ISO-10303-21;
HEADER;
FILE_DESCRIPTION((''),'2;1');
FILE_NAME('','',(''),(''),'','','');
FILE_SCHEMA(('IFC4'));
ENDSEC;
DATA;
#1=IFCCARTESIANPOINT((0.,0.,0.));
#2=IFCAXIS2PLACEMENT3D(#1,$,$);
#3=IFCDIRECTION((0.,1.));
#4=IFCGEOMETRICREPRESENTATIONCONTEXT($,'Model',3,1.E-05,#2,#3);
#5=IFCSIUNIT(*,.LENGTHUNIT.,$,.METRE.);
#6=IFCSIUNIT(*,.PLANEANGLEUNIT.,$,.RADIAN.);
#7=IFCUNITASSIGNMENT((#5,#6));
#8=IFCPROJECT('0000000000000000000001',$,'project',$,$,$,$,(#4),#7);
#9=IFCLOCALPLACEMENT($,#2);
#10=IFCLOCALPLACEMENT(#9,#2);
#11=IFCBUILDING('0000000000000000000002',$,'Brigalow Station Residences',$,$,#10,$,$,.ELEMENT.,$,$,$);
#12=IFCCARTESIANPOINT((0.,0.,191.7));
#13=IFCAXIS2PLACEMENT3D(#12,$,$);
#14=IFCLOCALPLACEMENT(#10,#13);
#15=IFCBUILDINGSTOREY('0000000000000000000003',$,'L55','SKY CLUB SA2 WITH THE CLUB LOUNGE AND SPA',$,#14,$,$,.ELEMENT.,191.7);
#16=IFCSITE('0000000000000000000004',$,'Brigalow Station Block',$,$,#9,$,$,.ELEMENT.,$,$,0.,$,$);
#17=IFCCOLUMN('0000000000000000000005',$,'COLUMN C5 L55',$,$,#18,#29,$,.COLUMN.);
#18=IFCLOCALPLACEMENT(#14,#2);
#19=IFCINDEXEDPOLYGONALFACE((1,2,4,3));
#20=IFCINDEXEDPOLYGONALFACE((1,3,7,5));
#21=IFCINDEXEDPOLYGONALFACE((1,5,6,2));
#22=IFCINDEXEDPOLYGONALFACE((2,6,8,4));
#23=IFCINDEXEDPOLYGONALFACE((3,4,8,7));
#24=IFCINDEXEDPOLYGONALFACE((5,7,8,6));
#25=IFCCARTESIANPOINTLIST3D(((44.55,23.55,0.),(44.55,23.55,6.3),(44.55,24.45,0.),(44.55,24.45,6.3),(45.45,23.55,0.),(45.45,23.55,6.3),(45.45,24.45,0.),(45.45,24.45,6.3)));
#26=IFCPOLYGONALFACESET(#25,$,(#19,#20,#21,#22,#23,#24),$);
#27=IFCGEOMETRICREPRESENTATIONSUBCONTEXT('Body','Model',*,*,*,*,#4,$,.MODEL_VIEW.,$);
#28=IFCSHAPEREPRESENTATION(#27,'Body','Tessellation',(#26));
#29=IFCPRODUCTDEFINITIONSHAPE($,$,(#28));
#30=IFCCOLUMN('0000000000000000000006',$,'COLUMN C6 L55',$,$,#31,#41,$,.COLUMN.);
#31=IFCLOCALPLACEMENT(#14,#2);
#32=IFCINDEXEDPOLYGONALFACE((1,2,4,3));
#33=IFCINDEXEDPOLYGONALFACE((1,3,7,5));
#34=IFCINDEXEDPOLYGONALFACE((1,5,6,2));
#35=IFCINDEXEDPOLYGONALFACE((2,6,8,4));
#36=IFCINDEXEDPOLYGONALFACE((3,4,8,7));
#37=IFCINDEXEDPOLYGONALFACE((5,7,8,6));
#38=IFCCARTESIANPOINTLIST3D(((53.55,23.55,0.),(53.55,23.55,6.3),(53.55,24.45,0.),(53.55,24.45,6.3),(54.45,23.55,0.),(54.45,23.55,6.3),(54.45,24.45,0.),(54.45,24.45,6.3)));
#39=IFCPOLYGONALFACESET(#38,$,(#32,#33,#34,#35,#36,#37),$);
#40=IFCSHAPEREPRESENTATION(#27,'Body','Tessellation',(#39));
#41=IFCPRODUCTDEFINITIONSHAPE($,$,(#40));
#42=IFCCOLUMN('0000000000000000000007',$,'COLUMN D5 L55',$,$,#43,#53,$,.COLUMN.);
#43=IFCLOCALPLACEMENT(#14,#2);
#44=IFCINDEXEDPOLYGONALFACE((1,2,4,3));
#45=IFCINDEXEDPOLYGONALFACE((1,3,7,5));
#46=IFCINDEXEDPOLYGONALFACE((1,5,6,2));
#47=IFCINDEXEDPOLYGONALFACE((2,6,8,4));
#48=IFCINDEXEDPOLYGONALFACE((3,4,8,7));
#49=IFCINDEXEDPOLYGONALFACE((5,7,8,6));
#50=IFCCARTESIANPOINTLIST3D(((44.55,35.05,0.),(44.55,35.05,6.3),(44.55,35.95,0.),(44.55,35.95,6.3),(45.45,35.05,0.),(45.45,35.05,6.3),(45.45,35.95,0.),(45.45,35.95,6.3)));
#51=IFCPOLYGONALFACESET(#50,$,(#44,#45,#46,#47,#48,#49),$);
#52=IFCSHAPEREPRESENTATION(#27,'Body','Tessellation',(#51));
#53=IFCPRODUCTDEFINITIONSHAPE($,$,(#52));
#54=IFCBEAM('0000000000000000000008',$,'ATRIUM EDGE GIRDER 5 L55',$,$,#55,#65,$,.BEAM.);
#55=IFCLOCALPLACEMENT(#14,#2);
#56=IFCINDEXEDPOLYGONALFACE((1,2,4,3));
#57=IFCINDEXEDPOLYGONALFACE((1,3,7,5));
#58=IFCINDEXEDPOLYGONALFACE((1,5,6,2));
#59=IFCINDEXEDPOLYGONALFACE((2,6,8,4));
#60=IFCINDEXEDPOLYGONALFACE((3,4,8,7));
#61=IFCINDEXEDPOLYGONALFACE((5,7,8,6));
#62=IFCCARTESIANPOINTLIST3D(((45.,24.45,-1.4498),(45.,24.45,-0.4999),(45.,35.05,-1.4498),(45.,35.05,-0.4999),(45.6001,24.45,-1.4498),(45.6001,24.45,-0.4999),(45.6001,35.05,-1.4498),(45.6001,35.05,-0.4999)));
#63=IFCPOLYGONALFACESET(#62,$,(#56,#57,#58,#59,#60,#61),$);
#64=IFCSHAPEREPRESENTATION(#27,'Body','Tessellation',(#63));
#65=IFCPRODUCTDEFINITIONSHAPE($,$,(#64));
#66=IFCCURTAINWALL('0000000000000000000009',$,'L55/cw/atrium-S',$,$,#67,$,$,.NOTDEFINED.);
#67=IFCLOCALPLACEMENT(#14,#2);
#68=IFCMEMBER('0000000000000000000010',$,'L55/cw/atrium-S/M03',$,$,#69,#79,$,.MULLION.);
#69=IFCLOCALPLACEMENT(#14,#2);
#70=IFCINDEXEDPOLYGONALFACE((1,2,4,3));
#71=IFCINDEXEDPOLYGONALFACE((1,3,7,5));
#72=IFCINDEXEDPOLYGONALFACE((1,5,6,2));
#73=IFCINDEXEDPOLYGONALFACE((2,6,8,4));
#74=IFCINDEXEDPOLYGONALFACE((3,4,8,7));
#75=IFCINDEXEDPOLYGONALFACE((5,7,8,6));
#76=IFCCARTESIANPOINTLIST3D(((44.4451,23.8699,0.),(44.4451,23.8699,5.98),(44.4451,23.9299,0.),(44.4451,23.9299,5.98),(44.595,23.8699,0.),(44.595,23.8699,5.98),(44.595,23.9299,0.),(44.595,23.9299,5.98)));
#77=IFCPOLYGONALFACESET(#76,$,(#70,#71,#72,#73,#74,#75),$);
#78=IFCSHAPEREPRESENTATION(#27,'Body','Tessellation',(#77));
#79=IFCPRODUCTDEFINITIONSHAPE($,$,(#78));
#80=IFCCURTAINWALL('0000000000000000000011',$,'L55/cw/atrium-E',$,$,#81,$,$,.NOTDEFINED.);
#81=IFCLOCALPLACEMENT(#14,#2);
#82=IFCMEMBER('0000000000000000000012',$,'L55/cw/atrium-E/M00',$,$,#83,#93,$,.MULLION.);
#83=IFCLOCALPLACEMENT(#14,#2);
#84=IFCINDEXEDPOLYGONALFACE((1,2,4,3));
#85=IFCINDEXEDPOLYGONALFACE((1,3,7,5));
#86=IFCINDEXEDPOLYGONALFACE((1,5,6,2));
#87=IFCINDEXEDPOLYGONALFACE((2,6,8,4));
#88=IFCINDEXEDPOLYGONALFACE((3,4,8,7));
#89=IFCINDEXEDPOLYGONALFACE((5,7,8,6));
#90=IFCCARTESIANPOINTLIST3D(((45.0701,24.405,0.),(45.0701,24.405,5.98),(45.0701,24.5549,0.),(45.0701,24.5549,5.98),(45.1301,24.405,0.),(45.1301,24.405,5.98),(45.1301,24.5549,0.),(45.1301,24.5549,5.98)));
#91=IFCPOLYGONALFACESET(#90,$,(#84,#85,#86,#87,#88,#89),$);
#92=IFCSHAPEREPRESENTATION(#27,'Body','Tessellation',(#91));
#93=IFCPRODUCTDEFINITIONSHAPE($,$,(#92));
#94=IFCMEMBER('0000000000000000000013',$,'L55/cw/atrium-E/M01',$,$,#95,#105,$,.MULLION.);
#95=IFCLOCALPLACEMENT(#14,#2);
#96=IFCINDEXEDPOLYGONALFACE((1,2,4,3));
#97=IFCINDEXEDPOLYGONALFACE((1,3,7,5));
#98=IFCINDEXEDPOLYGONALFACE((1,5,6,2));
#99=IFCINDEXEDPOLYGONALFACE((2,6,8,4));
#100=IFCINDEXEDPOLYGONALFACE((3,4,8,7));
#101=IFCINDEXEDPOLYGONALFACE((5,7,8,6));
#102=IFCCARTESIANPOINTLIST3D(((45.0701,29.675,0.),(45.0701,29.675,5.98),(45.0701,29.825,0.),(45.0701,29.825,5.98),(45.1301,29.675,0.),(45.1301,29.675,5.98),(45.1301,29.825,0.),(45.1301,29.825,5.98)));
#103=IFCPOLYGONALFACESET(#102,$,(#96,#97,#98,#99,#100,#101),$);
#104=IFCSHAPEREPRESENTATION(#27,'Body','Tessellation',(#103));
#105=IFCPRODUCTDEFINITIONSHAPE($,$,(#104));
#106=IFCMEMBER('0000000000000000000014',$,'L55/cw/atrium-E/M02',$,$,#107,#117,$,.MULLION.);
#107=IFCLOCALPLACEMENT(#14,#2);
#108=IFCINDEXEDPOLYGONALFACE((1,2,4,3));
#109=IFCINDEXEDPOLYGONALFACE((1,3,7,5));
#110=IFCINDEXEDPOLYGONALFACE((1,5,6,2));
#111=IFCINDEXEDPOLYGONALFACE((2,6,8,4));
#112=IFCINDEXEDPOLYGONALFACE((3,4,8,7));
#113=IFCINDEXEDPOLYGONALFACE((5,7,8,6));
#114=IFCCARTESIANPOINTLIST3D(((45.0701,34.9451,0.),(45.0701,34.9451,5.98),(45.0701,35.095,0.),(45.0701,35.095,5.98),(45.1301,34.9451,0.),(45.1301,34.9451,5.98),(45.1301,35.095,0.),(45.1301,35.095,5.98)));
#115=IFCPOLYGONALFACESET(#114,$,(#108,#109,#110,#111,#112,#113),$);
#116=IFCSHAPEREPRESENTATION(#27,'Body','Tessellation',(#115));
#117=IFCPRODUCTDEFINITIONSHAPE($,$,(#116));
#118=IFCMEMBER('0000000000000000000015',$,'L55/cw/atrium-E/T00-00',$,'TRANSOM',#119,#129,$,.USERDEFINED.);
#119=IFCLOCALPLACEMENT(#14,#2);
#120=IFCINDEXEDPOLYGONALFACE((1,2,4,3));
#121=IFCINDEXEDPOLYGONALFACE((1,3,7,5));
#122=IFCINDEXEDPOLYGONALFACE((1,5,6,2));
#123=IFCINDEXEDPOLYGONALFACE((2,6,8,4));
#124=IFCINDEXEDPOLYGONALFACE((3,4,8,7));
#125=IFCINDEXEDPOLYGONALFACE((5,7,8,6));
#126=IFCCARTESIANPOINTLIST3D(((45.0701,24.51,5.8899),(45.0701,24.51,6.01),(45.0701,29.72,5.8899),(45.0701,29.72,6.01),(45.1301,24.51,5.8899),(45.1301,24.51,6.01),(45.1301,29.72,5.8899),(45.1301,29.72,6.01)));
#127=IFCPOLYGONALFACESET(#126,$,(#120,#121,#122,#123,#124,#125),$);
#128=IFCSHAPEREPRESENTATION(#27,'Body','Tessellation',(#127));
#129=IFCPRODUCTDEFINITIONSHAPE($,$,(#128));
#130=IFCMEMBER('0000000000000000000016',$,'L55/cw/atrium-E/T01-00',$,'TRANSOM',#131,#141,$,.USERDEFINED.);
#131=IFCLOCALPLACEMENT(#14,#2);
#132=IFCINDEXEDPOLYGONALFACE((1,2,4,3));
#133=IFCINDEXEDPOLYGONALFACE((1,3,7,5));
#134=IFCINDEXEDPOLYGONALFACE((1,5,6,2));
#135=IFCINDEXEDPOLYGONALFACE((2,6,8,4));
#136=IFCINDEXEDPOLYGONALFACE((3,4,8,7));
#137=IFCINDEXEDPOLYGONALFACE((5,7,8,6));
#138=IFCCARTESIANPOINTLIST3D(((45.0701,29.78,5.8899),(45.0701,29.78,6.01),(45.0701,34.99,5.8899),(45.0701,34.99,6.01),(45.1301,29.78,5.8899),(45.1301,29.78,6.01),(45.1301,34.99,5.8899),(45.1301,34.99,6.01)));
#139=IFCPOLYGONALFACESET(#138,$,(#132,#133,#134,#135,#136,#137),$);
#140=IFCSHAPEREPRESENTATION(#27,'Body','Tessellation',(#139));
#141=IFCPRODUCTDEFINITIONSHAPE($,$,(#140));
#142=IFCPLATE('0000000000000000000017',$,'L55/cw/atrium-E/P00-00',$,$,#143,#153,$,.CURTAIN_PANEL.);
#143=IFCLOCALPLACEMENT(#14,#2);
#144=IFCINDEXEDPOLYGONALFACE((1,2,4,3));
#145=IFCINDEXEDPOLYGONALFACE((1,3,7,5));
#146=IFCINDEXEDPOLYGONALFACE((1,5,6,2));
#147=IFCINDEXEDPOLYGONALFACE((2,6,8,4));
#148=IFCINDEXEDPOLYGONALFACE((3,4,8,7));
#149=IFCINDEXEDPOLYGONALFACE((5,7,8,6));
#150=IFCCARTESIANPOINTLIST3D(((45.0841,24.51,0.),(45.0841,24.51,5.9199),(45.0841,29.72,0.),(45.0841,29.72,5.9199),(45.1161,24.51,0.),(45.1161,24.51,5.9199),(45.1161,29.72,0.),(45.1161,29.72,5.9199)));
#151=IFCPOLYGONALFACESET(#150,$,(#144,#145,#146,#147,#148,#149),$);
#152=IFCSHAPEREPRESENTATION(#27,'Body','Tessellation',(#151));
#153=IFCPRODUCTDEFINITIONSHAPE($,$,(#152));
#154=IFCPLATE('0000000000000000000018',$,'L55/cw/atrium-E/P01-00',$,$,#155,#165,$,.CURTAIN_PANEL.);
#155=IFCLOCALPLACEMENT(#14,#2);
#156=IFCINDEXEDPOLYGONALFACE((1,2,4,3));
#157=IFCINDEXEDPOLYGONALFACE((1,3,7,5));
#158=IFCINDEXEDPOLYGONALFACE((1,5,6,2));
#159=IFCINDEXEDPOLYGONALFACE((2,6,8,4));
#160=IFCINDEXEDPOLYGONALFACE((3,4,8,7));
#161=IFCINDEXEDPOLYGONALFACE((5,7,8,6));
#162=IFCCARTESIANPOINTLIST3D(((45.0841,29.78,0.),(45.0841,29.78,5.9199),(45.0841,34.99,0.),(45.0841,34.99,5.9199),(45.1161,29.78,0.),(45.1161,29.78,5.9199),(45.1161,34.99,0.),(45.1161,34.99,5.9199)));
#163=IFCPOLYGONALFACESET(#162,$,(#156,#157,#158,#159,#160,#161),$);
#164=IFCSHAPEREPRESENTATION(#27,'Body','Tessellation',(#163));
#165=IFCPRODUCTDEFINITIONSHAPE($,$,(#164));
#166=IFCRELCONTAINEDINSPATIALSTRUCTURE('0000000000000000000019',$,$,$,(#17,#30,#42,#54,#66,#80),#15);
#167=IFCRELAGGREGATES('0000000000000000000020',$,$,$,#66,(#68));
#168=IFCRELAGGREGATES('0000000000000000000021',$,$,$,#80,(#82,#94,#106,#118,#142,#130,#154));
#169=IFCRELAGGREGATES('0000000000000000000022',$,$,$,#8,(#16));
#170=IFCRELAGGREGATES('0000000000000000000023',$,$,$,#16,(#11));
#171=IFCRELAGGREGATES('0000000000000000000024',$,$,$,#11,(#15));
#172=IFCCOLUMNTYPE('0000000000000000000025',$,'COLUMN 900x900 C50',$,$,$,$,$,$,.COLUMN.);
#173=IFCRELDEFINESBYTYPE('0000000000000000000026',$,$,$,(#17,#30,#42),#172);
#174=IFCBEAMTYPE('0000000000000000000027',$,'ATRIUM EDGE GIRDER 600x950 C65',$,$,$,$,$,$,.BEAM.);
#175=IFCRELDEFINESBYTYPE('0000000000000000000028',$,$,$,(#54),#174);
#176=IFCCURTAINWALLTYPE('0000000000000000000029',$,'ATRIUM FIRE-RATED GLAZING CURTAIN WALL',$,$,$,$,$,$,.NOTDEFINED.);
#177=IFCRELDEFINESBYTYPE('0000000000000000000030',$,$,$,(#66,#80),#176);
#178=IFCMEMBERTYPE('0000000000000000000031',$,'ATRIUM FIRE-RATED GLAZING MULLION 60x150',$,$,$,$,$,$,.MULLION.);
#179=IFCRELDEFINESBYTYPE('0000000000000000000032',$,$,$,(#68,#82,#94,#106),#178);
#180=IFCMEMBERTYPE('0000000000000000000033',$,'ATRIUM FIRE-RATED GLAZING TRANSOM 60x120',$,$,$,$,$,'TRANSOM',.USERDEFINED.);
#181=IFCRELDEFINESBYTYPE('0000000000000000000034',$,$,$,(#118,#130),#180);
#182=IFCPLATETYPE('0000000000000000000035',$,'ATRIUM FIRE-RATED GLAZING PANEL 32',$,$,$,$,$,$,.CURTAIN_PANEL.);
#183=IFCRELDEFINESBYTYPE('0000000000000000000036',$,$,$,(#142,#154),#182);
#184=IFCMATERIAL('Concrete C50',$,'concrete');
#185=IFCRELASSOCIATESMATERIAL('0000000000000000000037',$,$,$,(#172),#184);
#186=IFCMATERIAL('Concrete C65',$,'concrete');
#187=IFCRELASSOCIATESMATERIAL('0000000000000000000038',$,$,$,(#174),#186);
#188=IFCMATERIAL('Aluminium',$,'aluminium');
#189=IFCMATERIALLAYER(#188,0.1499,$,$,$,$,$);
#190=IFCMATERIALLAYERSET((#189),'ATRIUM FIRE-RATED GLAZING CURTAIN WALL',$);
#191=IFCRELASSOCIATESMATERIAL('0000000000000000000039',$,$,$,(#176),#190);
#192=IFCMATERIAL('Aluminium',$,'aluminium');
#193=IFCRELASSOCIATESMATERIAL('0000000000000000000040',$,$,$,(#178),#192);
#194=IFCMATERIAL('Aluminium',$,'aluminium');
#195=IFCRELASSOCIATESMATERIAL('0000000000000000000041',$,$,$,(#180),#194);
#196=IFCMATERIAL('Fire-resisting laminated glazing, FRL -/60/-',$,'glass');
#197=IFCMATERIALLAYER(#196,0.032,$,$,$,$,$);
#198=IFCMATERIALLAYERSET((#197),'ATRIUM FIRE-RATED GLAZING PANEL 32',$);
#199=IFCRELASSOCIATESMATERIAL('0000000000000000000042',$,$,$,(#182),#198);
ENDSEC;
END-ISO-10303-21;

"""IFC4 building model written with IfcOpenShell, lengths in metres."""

from ifc_helpers import new_model, si_unit, direction, frame, origin, origin_2d, place, context, subcontext, project, spatial, rectangle, extrude, material, layer, layer_set, material_profile, profile_set, type_object, element, aggregate, save


model = new_model("IFC4")

# Units and contexts
model_context = context("Model", 3, precision=1e-05, world=origin(), true_north=direction((0.0, 1.0)))
body_context = subcontext(model_context, "Body", "Model", "MODEL_VIEW")
ifc_project = project(units=[si_unit("LENGTHUNIT", "METRE"), si_unit("PLANEANGLEUNIT", "RADIAN")], contexts=[model_context])

# Site, building, storey
site_placement = place(None, origin())
site = spatial("IfcSite", under=ifc_project, at=site_placement, Name="Brigalow Station Block", CompositionType="ELEMENT", RefElevation=0.0)
building_placement = place(site_placement, origin())
building = spatial("IfcBuilding", under=site, at=building_placement, Name="Brigalow Station Residences", CompositionType="ELEMENT")
storey_placement = place(building_placement, frame((0.0, 0.0, 191.7)))
storey = spatial("IfcBuildingStorey", under=building, at=storey_placement, Name="L55", Description="SKY CLUB SA2 WITH THE CLUB LOUNGE AND SPA", CompositionType="ELEMENT", Elevation=191.7)

# Columns
ifc_material_1 = material(Name="Concrete C50", Category="concrete")
ifc_material_profile_1 = material_profile(ifc_material_1, rectangle(XDim=0.8999, YDim=0.8999, at=origin_2d()), Name="RC900x900")
ifc_profile_set_1 = profile_set([ifc_material_profile_1], Name="Concrete C50")
column_type = type_object("IfcColumnType", Name="COLUMN 900x900 C50", PredefinedType="COLUMN", material=ifc_profile_set_1)
for number, where, z_axis, x_axis, name in (
    (1, (45.0, 24.0, 0.0), (0.0, 0.0, 1.0), (1.0, 0.0, 0.0), "COLUMN C5 L55"),
    (2, (54.0, 24.0, 0.0), (0.0, 0.0, 1.0), (1.0, 0.0, 0.0), "COLUMN C6 L55"),
    (3, (45.0, 35.5, 0.0), (0.0, 0.0, 1.0), (1.0, 0.0, 0.0), "COLUMN D5 L55"),
):
    element("IfcColumn", number, at=place(storey_placement, frame(where, z_axis=z_axis, x_axis=x_axis)), inside=storey, type_object=column_type, Name=name, PredefinedType="COLUMN", context=body_context, shape_type="SweptSolid", body=[
        extrude(rectangle(XDim=0.8999, YDim=0.8999, at=origin_2d()), origin(), (0.0, 0.0, 1.0), 6.3),
    ])

# Beam
ifc_material_2 = material(Name="Concrete C65", Category="concrete")
ifc_material_profile_2 = material_profile(ifc_material_2, rectangle(XDim=0.6001, YDim=0.95, at=origin_2d()), Name="RC600x950")
ifc_profile_set_2 = profile_set([ifc_material_profile_2], Name="Concrete C65")
beam_type = type_object("IfcBeamType", Name="ATRIUM EDGE GIRDER 600x950 C65", PredefinedType="BEAM", material=ifc_profile_set_2)
beam_placement = place(storey_placement, frame((45.3, 24.45, -0.9749), z_axis=(0.0, 1.0, 0.0), x_axis=(-1.0, 0.0, 0.0)))
element("IfcBeam", 4, at=beam_placement, inside=storey, type_object=beam_type, Name="ATRIUM EDGE GIRDER 5 L55", PredefinedType="BEAM", context=body_context, shape_type="SweptSolid", body=[
    extrude(rectangle(XDim=0.6001, YDim=0.95, at=origin_2d()), origin(), (0.0, 0.0, 1.0), 10.6001),
])

# Curtain wall, member
ifc_material_3 = material(Name="Aluminium", Category="aluminium")
ifc_layer_1 = layer(ifc_material_3, 0.1499)
ifc_layer_set_1 = layer_set([ifc_layer_1], Name="ATRIUM FIRE-RATED GLAZING CURTAIN WALL")
curtain_wall_type = type_object("IfcCurtainWallType", Name="ATRIUM FIRE-RATED GLAZING CURTAIN WALL", PredefinedType="NOTDEFINED", material=ifc_layer_set_1)
curtain_wall_1_placement = place(storey_placement, origin())
curtain_wall_1 = element("IfcCurtainWall", 5, at=curtain_wall_1_placement, inside=storey, type_object=curtain_wall_type, Name="L55/cw/atrium-S", PredefinedType="NOTDEFINED")
ifc_material_4 = material(Name="Aluminium", Category="aluminium")
ifc_material_profile_3 = material_profile(ifc_material_4, rectangle(XDim=0.0601, YDim=0.1499, at=origin_2d()), Name="ATRIUM FIRE-RATED GLAZING MULLION 60x150")
ifc_profile_set_3 = profile_set([ifc_material_profile_3], Name="Aluminium")
member_type_1 = type_object("IfcMemberType", Name="ATRIUM FIRE-RATED GLAZING MULLION 60x150", PredefinedType="MULLION", material=ifc_profile_set_3)
member_1_placement = place(storey_placement, frame((44.52, 23.8999, 0.0), z_axis=(0.0, 0.0, 1.0), x_axis=(0.0, 1.0, 0.0)))
member_1 = element("IfcMember", 6, at=member_1_placement, type_object=member_type_1, Name="L55/cw/atrium-S/M03", PredefinedType="MULLION", context=body_context, shape_type="SweptSolid", body=[
    extrude(rectangle(XDim=0.0601, YDim=0.1499, at=origin_2d()), origin(), (0.0, 0.0, 1.0), 5.98),
])
aggregate(curtain_wall_1, [member_1])

# Curtain wall, members, plates
curtain_wall_2_placement = place(storey_placement, origin())
curtain_wall_2 = element("IfcCurtainWall", 7, at=curtain_wall_2_placement, inside=storey, type_object=curtain_wall_type, Name="L55/cw/atrium-E", PredefinedType="NOTDEFINED")
member_2_placement = place(storey_placement, frame((45.1001, 24.48, 0.0), z_axis=(0.0, 0.0, 1.0), x_axis=(-1.0, 0.0, 0.0)))
member_2 = element("IfcMember", 8, at=member_2_placement, type_object=member_type_1, Name="L55/cw/atrium-E/M00", PredefinedType="MULLION", context=body_context, shape_type="SweptSolid", body=[
    extrude(rectangle(XDim=0.0601, YDim=0.1499, at=origin_2d()), origin(), (0.0, 0.0, 1.0), 5.98),
])
member_3_placement = place(storey_placement, frame((45.1001, 29.75, 0.0), z_axis=(0.0, 0.0, 1.0), x_axis=(-1.0, 0.0, 0.0)))
member_3 = element("IfcMember", 9, at=member_3_placement, type_object=member_type_1, Name="L55/cw/atrium-E/M01", PredefinedType="MULLION", context=body_context, shape_type="SweptSolid", body=[
    extrude(rectangle(XDim=0.0601, YDim=0.1499, at=origin_2d()), origin(), (0.0, 0.0, 1.0), 5.98),
])
member_4_placement = place(storey_placement, frame((45.1001, 35.02, 0.0), z_axis=(0.0, 0.0, 1.0), x_axis=(-1.0, 0.0, 0.0)))
member_4 = element("IfcMember", 10, at=member_4_placement, type_object=member_type_1, Name="L55/cw/atrium-E/M02", PredefinedType="MULLION", context=body_context, shape_type="SweptSolid", body=[
    extrude(rectangle(XDim=0.0601, YDim=0.1499, at=origin_2d()), origin(), (0.0, 0.0, 1.0), 5.98),
])
ifc_material_5 = material(Name="Aluminium", Category="aluminium")
ifc_material_profile_4 = material_profile(ifc_material_5, rectangle(XDim=0.0601, YDim=0.1201, at=origin_2d()), Name="ATRIUM FIRE-RATED GLAZING TRANSOM 60x120")
ifc_profile_set_4 = profile_set([ifc_material_profile_4], Name="Aluminium")
member_type_2 = type_object("IfcMemberType", Name="ATRIUM FIRE-RATED GLAZING TRANSOM 60x120", ElementType="TRANSOM", PredefinedType="USERDEFINED", material=ifc_profile_set_4)
member_5_placement = place(storey_placement, frame((45.1001, 24.51, 5.95), z_axis=(0.0, 1.0, 0.0), x_axis=(-1.0, 0.0, 0.0)))
member_5 = element("IfcMember", 11, at=member_5_placement, type_object=member_type_2, Name="L55/cw/atrium-E/T00-00", ObjectType="TRANSOM", PredefinedType="USERDEFINED", context=body_context, shape_type="SweptSolid", body=[
    extrude(rectangle(XDim=0.0601, YDim=0.1201, at=origin_2d()), origin(), (0.0, 0.0, 1.0), 5.21),
])
member_6_placement = place(storey_placement, frame((45.1001, 29.78, 5.95), z_axis=(0.0, 1.0, 0.0), x_axis=(-1.0, 0.0, 0.0)))
member_6 = element("IfcMember", 12, at=member_6_placement, type_object=member_type_2, Name="L55/cw/atrium-E/T01-00", ObjectType="TRANSOM", PredefinedType="USERDEFINED", context=body_context, shape_type="SweptSolid", body=[
    extrude(rectangle(XDim=0.0601, YDim=0.1201, at=origin_2d()), origin(), (0.0, 0.0, 1.0), 5.21),
])
ifc_material_6 = material(Name="Fire-resisting laminated glazing, FRL -/60/-", Category="glass")
ifc_layer_2 = layer(ifc_material_6, 0.032)
ifc_layer_set_2 = layer_set([ifc_layer_2], Name="ATRIUM FIRE-RATED GLAZING PANEL 32")
plate_type = type_object("IfcPlateType", Name="ATRIUM FIRE-RATED GLAZING PANEL 32", PredefinedType="CURTAIN_PANEL", material=ifc_layer_set_2)
plate_1_placement = place(storey_placement, frame((45.1001, 27.115, 0.0), z_axis=(0.0, 0.0, 1.0), x_axis=(0.0, 1.0, 0.0)))
plate_1 = element("IfcPlate", 13, at=plate_1_placement, type_object=plate_type, Name="L55/cw/atrium-E/P00-00", PredefinedType="CURTAIN_PANEL", context=body_context, shape_type="SweptSolid", body=[
    extrude(rectangle(XDim=5.21, YDim=0.032, at=origin_2d()), origin(), (0.0, 0.0, 1.0), 5.9199),
])
plate_2_placement = place(storey_placement, frame((45.1001, 32.385, 0.0), z_axis=(0.0, 0.0, 1.0), x_axis=(0.0, 1.0, 0.0)))
plate_2 = element("IfcPlate", 14, at=plate_2_placement, type_object=plate_type, Name="L55/cw/atrium-E/P01-00", PredefinedType="CURTAIN_PANEL", context=body_context, shape_type="SweptSolid", body=[
    extrude(rectangle(XDim=5.21, YDim=0.032, at=origin_2d()), origin(), (0.0, 0.0, 1.0), 5.9199),
])
aggregate(curtain_wall_2, [member_2, member_3, member_4, member_5, plate_1, member_6, plate_2])

save(model, "model.ifc")
